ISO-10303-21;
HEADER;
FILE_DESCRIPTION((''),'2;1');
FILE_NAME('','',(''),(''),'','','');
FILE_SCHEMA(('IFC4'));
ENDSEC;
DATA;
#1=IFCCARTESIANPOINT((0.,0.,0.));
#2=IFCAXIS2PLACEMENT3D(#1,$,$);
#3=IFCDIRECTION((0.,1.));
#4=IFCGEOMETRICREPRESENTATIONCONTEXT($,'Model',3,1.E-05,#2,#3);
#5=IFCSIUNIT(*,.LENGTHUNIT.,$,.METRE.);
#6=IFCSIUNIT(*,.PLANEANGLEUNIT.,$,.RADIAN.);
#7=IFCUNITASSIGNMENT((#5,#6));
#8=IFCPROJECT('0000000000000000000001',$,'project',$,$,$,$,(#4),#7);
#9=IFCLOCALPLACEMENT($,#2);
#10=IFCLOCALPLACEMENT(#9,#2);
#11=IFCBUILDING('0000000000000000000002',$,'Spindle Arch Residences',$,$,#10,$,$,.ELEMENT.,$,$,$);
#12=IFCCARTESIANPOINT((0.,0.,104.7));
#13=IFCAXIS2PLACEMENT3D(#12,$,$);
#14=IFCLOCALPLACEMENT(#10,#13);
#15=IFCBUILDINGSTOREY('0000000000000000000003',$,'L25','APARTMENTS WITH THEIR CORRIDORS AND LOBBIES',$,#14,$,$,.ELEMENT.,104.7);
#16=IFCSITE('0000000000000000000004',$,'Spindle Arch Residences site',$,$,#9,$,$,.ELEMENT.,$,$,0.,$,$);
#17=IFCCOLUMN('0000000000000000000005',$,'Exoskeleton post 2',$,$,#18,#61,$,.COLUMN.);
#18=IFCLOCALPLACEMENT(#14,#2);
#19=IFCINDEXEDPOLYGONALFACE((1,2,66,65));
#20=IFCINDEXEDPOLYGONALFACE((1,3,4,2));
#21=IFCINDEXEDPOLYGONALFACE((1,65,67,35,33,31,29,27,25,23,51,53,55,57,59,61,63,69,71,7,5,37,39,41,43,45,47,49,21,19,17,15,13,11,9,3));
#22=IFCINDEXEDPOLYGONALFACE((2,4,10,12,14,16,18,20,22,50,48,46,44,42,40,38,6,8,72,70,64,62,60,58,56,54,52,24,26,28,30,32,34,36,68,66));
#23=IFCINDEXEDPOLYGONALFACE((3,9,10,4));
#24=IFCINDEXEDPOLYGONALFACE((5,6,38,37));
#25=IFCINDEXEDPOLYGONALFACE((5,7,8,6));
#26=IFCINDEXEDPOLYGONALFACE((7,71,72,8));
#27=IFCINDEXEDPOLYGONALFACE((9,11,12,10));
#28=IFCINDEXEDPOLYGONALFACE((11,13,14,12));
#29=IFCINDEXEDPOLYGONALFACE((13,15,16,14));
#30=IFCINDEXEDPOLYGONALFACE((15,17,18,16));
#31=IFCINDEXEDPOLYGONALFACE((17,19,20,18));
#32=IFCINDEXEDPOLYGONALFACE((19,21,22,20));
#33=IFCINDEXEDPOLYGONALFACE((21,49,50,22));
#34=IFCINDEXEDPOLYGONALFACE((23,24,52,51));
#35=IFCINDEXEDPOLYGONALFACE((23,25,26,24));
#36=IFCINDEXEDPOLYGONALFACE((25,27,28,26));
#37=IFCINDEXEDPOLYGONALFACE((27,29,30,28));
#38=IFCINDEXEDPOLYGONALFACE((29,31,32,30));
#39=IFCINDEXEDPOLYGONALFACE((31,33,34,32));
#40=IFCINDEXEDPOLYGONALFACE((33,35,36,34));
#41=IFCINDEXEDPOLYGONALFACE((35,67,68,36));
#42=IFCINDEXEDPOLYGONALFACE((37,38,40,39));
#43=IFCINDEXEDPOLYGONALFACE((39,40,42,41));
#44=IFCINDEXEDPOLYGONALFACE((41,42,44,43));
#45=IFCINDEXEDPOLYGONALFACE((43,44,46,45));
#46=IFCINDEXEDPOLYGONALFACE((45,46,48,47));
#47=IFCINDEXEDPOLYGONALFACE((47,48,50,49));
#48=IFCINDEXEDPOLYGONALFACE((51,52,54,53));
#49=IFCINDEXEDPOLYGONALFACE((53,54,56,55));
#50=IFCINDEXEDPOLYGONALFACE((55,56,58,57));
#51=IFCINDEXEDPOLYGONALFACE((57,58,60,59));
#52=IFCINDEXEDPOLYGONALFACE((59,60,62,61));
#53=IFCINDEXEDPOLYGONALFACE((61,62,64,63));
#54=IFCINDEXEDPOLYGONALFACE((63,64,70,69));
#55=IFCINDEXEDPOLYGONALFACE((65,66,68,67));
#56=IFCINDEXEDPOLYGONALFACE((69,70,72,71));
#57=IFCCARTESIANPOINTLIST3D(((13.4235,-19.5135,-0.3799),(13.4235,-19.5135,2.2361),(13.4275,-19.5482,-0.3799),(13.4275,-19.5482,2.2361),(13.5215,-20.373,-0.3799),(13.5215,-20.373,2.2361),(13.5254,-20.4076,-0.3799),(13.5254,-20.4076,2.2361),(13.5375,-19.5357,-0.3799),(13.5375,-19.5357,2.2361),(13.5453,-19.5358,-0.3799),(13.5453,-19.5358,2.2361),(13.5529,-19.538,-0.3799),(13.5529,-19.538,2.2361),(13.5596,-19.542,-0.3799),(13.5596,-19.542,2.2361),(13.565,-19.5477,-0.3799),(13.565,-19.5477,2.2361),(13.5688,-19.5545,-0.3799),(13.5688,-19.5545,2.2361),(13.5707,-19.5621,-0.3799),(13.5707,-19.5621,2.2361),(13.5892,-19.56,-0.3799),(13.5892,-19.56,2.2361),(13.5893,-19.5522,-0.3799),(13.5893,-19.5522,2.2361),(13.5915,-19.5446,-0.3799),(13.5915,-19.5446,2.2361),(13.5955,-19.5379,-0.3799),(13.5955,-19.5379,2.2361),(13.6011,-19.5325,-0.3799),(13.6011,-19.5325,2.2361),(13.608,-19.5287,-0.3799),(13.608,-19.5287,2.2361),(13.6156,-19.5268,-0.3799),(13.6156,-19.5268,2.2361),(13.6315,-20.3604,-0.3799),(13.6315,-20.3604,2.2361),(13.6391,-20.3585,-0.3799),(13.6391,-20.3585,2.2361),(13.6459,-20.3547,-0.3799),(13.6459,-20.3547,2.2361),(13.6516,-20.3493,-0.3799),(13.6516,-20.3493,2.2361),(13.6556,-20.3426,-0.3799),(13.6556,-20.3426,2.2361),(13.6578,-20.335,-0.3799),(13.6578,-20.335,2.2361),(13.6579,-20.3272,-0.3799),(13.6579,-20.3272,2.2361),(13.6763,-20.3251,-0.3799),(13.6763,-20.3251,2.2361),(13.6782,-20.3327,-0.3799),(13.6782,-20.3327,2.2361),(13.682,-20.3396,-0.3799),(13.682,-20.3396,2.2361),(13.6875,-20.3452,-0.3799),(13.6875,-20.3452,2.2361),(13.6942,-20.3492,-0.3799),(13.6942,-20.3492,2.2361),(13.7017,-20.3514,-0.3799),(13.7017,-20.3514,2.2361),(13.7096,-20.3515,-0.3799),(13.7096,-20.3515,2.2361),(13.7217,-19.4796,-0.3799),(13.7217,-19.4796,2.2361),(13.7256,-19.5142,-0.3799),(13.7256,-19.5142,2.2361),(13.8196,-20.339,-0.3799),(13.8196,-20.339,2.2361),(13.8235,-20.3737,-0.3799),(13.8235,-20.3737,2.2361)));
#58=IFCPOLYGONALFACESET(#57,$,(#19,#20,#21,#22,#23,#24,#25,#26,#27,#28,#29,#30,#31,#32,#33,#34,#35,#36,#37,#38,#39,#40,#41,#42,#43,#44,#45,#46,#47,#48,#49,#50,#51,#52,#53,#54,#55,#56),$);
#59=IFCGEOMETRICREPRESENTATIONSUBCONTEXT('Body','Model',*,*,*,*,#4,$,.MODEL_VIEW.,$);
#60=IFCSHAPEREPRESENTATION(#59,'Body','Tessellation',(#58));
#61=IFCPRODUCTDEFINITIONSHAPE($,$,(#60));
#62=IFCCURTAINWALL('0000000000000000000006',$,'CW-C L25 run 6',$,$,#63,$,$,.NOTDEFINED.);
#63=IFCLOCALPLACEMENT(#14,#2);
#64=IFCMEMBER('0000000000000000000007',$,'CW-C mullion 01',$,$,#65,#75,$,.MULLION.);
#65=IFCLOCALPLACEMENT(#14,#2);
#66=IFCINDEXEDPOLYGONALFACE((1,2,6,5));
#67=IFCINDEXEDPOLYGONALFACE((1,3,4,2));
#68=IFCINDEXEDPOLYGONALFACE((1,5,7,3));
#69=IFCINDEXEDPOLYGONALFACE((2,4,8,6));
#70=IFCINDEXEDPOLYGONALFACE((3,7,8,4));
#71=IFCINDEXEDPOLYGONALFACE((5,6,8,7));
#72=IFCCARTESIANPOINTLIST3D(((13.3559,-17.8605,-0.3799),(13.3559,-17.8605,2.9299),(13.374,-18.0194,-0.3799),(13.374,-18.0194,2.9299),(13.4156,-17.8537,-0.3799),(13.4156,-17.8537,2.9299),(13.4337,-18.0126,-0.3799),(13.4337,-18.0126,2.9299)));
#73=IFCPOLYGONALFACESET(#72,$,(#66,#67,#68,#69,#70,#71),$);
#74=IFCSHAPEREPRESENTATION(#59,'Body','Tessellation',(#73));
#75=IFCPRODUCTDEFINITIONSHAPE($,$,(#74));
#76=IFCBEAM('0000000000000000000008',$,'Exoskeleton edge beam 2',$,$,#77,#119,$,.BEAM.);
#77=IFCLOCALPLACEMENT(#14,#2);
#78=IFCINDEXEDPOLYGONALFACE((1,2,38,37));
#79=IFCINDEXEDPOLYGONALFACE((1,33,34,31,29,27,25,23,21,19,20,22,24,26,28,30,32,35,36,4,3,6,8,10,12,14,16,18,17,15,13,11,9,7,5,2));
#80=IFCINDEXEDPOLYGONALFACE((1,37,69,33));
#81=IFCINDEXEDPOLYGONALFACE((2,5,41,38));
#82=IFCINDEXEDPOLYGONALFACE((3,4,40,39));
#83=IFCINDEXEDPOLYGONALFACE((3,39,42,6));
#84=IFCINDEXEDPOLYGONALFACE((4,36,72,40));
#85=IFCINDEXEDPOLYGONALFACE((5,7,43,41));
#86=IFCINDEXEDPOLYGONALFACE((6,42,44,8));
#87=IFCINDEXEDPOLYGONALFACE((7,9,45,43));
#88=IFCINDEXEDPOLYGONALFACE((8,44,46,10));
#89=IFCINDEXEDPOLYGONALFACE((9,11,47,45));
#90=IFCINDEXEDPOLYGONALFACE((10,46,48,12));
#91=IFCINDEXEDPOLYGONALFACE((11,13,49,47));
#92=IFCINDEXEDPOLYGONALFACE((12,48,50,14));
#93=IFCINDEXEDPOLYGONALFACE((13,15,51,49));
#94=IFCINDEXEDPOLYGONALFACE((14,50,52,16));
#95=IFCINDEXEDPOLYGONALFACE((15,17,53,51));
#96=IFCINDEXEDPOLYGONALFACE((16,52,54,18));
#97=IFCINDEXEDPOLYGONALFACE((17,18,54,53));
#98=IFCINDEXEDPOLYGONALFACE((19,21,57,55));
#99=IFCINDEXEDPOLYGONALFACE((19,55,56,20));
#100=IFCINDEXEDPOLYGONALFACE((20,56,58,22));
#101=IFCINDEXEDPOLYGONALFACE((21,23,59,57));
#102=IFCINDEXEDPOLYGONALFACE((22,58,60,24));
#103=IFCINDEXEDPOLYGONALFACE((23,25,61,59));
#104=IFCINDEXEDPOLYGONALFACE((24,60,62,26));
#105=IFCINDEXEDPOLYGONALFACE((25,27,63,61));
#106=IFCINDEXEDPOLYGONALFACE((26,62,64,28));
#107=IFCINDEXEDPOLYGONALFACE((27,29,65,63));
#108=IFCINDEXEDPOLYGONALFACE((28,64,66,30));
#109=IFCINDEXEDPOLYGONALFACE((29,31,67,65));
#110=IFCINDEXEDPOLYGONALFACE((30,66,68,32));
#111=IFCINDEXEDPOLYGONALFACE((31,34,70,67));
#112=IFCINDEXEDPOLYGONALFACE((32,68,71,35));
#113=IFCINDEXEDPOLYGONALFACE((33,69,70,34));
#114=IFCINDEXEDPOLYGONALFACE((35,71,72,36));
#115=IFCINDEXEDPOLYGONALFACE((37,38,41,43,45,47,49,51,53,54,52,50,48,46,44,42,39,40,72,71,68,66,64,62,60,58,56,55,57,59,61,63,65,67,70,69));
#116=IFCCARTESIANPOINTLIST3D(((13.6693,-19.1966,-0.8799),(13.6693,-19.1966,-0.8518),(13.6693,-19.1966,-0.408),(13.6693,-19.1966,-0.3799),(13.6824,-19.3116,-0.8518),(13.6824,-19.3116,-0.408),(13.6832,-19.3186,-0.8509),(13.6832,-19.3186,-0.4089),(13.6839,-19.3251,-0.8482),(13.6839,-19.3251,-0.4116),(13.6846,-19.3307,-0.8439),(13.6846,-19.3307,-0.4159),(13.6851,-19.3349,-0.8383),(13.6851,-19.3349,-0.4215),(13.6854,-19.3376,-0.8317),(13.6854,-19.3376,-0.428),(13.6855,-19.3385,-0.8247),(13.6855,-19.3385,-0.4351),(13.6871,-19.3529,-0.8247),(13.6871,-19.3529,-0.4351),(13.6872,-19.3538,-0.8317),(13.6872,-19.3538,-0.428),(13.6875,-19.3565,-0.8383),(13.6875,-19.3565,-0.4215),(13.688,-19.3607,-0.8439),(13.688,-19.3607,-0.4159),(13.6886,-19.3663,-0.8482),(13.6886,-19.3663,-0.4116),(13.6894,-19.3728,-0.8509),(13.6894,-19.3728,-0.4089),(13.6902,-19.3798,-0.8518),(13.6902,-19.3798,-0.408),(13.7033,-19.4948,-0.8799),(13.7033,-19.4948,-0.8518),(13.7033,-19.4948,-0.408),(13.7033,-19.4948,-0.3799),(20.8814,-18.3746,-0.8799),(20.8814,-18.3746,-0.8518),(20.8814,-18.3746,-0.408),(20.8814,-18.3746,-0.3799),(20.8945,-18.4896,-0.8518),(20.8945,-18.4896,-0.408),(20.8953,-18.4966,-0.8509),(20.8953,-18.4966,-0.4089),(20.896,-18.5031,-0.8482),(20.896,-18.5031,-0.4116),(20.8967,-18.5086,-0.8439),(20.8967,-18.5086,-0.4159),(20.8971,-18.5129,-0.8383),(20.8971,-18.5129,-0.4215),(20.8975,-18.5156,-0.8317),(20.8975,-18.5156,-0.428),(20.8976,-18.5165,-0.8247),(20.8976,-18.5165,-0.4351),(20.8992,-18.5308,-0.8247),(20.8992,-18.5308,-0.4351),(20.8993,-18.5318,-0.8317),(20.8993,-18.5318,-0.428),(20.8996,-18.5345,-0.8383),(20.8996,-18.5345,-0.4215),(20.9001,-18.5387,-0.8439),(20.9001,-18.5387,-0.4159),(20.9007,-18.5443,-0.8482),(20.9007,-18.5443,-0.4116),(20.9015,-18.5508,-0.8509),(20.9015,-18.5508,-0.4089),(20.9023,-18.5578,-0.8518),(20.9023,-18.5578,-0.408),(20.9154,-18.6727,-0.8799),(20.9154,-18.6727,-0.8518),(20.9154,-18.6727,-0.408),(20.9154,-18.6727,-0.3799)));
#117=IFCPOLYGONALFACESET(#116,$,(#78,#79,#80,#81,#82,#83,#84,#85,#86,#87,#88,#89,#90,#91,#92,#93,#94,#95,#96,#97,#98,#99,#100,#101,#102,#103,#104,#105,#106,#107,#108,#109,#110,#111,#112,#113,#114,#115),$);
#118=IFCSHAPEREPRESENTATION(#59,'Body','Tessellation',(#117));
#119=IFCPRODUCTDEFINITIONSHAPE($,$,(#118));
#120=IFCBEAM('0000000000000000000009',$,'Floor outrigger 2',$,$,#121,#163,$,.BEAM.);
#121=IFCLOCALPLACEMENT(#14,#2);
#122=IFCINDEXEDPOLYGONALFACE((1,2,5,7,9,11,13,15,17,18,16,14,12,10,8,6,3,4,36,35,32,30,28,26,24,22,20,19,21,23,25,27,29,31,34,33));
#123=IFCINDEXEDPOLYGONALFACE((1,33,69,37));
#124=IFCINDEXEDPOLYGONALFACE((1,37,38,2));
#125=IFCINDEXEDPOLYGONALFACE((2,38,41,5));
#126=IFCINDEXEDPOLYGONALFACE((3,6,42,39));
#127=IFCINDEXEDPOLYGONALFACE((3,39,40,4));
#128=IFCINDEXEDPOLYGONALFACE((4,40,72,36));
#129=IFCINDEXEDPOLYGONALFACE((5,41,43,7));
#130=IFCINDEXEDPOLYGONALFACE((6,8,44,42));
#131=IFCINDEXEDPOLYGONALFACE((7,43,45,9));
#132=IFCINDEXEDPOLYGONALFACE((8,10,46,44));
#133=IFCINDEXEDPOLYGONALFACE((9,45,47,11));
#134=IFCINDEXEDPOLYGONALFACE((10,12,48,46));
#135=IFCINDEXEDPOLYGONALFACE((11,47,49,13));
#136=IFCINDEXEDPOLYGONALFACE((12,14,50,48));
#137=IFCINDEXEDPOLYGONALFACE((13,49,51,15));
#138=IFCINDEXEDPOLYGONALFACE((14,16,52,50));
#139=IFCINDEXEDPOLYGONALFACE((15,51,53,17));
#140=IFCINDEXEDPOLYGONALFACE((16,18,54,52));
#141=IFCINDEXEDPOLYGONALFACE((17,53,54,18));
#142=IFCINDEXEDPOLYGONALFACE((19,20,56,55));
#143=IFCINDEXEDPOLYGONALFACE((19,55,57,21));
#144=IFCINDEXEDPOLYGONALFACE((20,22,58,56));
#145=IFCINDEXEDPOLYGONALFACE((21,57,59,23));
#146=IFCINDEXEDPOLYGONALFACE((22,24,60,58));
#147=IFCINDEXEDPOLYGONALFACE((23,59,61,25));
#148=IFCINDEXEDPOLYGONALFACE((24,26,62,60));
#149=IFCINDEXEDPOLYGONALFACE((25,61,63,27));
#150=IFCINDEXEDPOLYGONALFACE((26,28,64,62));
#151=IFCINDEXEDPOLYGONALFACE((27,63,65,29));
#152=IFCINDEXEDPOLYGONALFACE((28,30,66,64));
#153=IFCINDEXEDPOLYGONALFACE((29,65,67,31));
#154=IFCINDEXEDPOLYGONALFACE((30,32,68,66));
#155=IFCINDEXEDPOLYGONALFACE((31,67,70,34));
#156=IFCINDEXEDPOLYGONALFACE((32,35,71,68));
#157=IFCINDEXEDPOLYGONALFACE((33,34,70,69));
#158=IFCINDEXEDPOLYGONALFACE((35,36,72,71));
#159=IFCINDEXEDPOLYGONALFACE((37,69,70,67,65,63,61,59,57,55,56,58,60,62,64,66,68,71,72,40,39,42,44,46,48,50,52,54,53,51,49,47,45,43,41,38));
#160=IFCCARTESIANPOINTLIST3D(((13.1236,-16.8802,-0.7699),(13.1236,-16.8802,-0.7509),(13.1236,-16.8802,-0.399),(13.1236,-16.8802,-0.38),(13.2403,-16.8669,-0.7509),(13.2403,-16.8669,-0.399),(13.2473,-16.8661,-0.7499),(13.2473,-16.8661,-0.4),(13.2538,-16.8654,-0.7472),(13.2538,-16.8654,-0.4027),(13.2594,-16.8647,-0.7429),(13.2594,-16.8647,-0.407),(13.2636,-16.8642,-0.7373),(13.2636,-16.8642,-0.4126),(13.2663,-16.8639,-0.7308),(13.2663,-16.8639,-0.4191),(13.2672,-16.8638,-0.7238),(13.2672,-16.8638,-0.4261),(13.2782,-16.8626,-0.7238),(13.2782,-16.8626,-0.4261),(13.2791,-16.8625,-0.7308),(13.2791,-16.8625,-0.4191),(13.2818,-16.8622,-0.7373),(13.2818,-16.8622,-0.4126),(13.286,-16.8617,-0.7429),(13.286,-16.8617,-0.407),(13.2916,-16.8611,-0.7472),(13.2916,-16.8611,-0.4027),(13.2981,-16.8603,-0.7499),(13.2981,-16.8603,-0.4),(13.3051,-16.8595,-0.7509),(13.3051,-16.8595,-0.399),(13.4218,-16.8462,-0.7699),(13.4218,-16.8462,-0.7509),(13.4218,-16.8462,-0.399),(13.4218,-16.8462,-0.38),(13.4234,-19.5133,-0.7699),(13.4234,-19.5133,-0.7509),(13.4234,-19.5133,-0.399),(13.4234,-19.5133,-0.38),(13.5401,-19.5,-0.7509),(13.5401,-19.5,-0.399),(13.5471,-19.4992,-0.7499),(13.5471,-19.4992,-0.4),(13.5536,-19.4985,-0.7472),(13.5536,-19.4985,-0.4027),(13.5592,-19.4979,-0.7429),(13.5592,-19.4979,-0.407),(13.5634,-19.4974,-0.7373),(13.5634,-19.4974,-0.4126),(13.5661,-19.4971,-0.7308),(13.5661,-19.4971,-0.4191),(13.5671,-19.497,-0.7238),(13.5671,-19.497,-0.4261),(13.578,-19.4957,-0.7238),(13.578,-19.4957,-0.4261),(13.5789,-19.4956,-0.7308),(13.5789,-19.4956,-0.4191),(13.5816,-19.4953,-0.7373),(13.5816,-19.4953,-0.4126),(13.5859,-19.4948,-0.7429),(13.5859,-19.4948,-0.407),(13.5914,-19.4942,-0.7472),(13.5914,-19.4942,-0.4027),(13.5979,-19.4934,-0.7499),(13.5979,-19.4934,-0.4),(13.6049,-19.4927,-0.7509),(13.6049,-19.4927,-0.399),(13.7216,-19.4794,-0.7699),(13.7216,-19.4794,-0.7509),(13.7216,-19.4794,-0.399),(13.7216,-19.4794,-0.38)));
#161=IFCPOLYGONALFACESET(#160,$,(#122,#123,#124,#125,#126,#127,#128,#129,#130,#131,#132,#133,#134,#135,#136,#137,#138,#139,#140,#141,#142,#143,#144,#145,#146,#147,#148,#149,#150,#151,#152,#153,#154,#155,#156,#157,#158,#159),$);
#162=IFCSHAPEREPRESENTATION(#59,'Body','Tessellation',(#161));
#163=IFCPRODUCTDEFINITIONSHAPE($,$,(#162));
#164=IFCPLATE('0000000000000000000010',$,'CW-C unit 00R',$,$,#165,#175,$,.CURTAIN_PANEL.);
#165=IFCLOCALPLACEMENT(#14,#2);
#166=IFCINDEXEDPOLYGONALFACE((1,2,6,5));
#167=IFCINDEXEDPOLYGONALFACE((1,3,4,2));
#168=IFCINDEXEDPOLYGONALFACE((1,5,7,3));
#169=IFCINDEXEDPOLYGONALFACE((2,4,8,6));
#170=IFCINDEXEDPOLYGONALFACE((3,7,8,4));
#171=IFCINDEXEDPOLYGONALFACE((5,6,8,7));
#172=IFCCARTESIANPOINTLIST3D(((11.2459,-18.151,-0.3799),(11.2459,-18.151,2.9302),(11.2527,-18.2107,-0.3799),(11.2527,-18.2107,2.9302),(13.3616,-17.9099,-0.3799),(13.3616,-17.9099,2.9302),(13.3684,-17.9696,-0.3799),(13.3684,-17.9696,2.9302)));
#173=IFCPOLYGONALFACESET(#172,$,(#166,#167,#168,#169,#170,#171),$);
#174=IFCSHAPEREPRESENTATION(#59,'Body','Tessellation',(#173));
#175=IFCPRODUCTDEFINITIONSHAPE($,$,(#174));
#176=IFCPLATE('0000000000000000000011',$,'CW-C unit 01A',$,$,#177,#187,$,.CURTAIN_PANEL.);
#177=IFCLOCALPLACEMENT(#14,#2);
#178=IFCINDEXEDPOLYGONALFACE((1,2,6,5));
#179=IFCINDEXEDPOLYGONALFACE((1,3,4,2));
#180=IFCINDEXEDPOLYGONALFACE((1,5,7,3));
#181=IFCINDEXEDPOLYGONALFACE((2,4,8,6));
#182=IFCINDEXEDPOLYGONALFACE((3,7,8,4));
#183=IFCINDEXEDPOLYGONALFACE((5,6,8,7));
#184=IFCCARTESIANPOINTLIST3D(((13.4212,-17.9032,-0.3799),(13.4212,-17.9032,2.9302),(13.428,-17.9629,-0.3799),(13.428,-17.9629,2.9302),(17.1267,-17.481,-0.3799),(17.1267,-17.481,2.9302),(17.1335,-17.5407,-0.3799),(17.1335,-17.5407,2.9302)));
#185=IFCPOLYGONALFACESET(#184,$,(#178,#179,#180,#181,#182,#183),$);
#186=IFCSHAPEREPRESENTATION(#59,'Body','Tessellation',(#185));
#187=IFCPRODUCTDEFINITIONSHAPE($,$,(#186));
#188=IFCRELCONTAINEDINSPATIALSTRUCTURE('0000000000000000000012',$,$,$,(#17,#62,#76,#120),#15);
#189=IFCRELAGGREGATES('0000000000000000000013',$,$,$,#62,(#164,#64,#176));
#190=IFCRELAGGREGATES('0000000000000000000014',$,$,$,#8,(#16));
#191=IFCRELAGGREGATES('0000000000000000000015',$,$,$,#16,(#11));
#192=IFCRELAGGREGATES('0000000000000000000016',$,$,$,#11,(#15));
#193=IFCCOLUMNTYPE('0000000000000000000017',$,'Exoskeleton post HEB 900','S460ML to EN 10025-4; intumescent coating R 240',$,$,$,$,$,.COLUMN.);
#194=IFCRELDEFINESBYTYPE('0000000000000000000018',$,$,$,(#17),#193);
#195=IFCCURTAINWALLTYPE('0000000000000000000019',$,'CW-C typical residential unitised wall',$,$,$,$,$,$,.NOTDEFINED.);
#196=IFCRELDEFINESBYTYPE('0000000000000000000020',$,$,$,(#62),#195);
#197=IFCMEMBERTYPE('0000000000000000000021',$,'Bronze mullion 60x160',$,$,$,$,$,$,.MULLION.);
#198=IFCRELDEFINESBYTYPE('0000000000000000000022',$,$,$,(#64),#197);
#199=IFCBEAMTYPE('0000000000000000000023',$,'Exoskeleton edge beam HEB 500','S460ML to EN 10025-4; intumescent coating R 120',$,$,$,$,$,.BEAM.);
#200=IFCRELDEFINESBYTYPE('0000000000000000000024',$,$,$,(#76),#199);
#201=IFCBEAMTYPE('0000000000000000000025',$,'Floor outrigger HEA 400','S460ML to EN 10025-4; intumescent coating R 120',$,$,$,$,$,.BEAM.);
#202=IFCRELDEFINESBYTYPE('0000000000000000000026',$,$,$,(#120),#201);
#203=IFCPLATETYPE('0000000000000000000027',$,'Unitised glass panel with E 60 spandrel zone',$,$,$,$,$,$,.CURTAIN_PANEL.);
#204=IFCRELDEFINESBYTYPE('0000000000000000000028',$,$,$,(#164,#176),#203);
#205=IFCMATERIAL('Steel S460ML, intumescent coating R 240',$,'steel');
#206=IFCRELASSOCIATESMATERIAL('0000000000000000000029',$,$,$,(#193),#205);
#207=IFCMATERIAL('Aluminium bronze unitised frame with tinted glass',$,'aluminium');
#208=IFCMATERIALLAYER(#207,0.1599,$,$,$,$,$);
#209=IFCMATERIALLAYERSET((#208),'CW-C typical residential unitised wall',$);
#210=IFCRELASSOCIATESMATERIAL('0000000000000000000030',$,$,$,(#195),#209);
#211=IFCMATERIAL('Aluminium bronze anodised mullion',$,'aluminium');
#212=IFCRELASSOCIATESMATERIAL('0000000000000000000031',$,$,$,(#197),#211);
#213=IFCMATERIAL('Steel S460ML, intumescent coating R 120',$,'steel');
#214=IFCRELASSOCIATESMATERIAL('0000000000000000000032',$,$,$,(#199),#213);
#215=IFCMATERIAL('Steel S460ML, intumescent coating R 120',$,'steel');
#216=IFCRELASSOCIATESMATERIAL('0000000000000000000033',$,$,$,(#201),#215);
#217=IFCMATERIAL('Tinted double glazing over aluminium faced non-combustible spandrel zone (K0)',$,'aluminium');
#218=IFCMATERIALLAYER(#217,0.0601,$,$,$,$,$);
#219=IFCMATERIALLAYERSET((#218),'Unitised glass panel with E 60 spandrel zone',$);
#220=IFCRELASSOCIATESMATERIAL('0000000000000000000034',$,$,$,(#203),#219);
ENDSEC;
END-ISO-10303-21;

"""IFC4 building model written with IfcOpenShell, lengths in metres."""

from ifc_helpers import new_model, si_unit, direction, frame, origin, origin_2d, place, context, subcontext, project, spatial, rectangle, i_section, extrude, material, layer, layer_set, material_profile, profile_set, type_object, element, aggregate, save


model = new_model("IFC4")

# Units and contexts
model_context = context("Model", 3, precision=1e-05, world=origin(), true_north=direction((0.0, 1.0)))
body_context = subcontext(model_context, "Body", "Model", "MODEL_VIEW")
ifc_project = project(units=[si_unit("LENGTHUNIT", "METRE"), si_unit("PLANEANGLEUNIT", "RADIAN")], contexts=[model_context])

# Site, building, storey
site_placement = place(None, origin())
site = spatial("IfcSite", under=ifc_project, at=site_placement, Name="Spindle Arch Residences site", CompositionType="ELEMENT", RefElevation=0.0)
building_placement = place(site_placement, origin())
building = spatial("IfcBuilding", under=site, at=building_placement, Name="Spindle Arch Residences", CompositionType="ELEMENT")
storey_placement = place(building_placement, frame((0.0, 0.0, 104.7)))
storey = spatial("IfcBuildingStorey", under=building, at=storey_placement, Name="L25", Description="APARTMENTS WITH THEIR CORRIDORS AND LOBBIES", CompositionType="ELEMENT", Elevation=104.7)

# Column
ifc_material_1 = material(Name="Steel S460ML, intumescent coating R 240", Category="steel")
ifc_material_profile_1 = material_profile(ifc_material_1, i_section(OverallWidth=0.3, OverallDepth=0.8999, WebThickness=0.0186, FlangeThickness=0.0349, FilletRadius=0.03, at=origin_2d()), Name="HEB 900")
ifc_profile_set_1 = profile_set([ifc_material_profile_1], Name="Steel S460ML, intumescent coating R 240")
column_type = type_object("IfcColumnType", Name="Exoskeleton post HEB 900", Description="S460ML to EN 10025-4; intumescent coating R 240", PredefinedType="COLUMN", material=ifc_profile_set_1)
column_placement = place(storey_placement, frame((13.6235, -19.9436, -0.3799), z_axis=(0.0, 0.0, 1.0), x_axis=(-0.993572, -0.113203, 0.0)))
element("IfcColumn", 1, at=column_placement, inside=storey, type_object=column_type, Name="Exoskeleton post 2", PredefinedType="COLUMN", context=body_context, shape_type="SweptSolid", body=[
    extrude(i_section(OverallWidth=0.3, OverallDepth=0.8999, WebThickness=0.0186, FlangeThickness=0.0349, FilletRadius=0.03, at=origin_2d()), origin(), (0.0, 0.0, 1.0), 2.616),
])

# Curtain wall, member
ifc_material_2 = material(Name="Aluminium bronze unitised frame with tinted glass", Category="aluminium")
ifc_layer_1 = layer(ifc_material_2, 0.1599)
ifc_layer_set_1 = layer_set([ifc_layer_1], Name="CW-C typical residential unitised wall")
curtain_wall_type = type_object("IfcCurtainWallType", Name="CW-C typical residential unitised wall", PredefinedType="NOTDEFINED", material=ifc_layer_set_1)
curtain_wall_placement = place(storey_placement, origin())
curtain_wall = element("IfcCurtainWall", 2, at=curtain_wall_placement, inside=storey, type_object=curtain_wall_type, Name="CW-C L25 run 6", PredefinedType="NOTDEFINED")
ifc_material_3 = material(Name="Aluminium bronze anodised mullion", Category="aluminium")
ifc_material_profile_2 = material_profile(ifc_material_3, rectangle(XDim=0.1599, YDim=0.0601, at=origin_2d()), Name="MU 60x160")
ifc_profile_set_2 = profile_set([ifc_material_profile_2], Name="Aluminium bronze anodised mullion")
member_type = type_object("IfcMemberType", Name="Bronze mullion 60x160", PredefinedType="MULLION", material=ifc_profile_set_2)
member_placement = place(storey_placement, frame((13.3948, -17.9365, -0.3799), z_axis=(0.0, 0.0, 1.0), x_axis=(-0.113203, 0.993572, 0.0)))
member = element("IfcMember", 3, at=member_placement, type_object=member_type, Name="CW-C mullion 01", PredefinedType="MULLION", context=body_context, shape_type="SweptSolid", body=[
    extrude(rectangle(XDim=0.1599, YDim=0.0601, at=origin_2d()), origin(), (0.0, 0.0, 1.0), 3.3098),
])

# Beams
ifc_material_4 = material(Name="Steel S460ML, intumescent coating R 120", Category="steel")
ifc_material_profile_3 = material_profile(ifc_material_4, i_section(OverallWidth=0.3, OverallDepth=0.5, WebThickness=0.0144, FlangeThickness=0.0281, FilletRadius=0.0271, at=origin_2d()), Name="HEB 500")
ifc_profile_set_3 = profile_set([ifc_material_profile_3], Name="Steel S460ML, intumescent coating R 120")
beam_type_1 = type_object("IfcBeamType", Name="Exoskeleton edge beam HEB 500", Description="S460ML to EN 10025-4; intumescent coating R 120", PredefinedType="BEAM", material=ifc_profile_set_3)
beam_1_placement = place(storey_placement, frame((13.6863, -19.3457, -0.6299), z_axis=(0.993567, 0.113244, 0.0), x_axis=(-0.113244, 0.993567, 0.0)))
element("IfcBeam", 4, at=beam_1_placement, inside=storey, type_object=beam_type_1, Name="Exoskeleton edge beam 2", PredefinedType="BEAM", context=body_context, shape_type="SweptSolid", body=[
    extrude(i_section(OverallWidth=0.3, OverallDepth=0.5, WebThickness=0.0144, FlangeThickness=0.0281, FilletRadius=0.0271, at=origin_2d()), origin(), (0.0, 0.0, 1.0), 7.2588),
])
ifc_material_5 = material(Name="Steel S460ML, intumescent coating R 120", Category="steel")
ifc_material_profile_4 = material_profile(ifc_material_5, i_section(OverallWidth=0.3, OverallDepth=0.3899, WebThickness=0.011, FlangeThickness=0.019, FilletRadius=0.0271, at=origin_2d()), Name="HEA 400")
ifc_profile_set_4 = profile_set([ifc_material_profile_4], Name="Steel S460ML, intumescent coating R 120")
beam_type_2 = type_object("IfcBeamType", Name="Floor outrigger HEA 400", Description="S460ML to EN 10025-4; intumescent coating R 120", PredefinedType="BEAM", material=ifc_profile_set_4)
beam_2_placement = place(storey_placement, frame((13.5725, -19.4963, -0.575), z_axis=(-0.113131, 0.99358, 0.0), x_axis=(-0.99358, -0.113131, 0.0)))
element("IfcBeam", 5, at=beam_2_placement, inside=storey, type_object=beam_type_2, Name="Floor outrigger 2", PredefinedType="BEAM", context=body_context, shape_type="SweptSolid", body=[
    extrude(i_section(OverallWidth=0.3, OverallDepth=0.3899, WebThickness=0.011, FlangeThickness=0.019, FilletRadius=0.0271, at=origin_2d()), origin(), (0.0, 0.0, 1.0), 2.6501),
])

# Plates
ifc_material_6 = material(Name="Tinted double glazing over aluminium faced non-combustible spandrel zone (K0)", Category="aluminium")
ifc_layer_2 = layer(ifc_material_6, 0.0601)
ifc_layer_set_2 = layer_set([ifc_layer_2], Name="Unitised glass panel with E 60 spandrel zone")
plate_type = type_object("IfcPlateType", Name="Unitised glass panel with E 60 spandrel zone", PredefinedType="CURTAIN_PANEL", material=ifc_layer_set_2)
plate_1_placement = place(storey_placement, frame((12.3071, -18.0603, -0.3799), z_axis=(0.0, 0.0, 1.0), x_axis=(0.993572, 0.113203, 0.0)))
plate_1 = element("IfcPlate", 6, at=plate_1_placement, type_object=plate_type, Name="CW-C unit 00R", PredefinedType="CURTAIN_PANEL", context=body_context, shape_type="SweptSolid", body=[
    extrude(rectangle(XDim=2.1294, YDim=0.0601, at=origin_2d()), origin(), (0.0, 0.0, 1.0), 3.3101),
])
plate_2_placement = place(storey_placement, frame((15.2773, -17.7219, -0.3799), z_axis=(0.0, 0.0, 1.0), x_axis=(0.993572, 0.113203, 0.0)))
plate_2 = element("IfcPlate", 7, at=plate_2_placement, type_object=plate_type, Name="CW-C unit 01A", PredefinedType="CURTAIN_PANEL", context=body_context, shape_type="SweptSolid", body=[
    extrude(rectangle(XDim=3.7295, YDim=0.0601, at=origin_2d()), origin(), (0.0, 0.0, 1.0), 3.3101),
])
aggregate(curtain_wall, [plate_1, member, plate_2])

save(model, "model.ifc")
